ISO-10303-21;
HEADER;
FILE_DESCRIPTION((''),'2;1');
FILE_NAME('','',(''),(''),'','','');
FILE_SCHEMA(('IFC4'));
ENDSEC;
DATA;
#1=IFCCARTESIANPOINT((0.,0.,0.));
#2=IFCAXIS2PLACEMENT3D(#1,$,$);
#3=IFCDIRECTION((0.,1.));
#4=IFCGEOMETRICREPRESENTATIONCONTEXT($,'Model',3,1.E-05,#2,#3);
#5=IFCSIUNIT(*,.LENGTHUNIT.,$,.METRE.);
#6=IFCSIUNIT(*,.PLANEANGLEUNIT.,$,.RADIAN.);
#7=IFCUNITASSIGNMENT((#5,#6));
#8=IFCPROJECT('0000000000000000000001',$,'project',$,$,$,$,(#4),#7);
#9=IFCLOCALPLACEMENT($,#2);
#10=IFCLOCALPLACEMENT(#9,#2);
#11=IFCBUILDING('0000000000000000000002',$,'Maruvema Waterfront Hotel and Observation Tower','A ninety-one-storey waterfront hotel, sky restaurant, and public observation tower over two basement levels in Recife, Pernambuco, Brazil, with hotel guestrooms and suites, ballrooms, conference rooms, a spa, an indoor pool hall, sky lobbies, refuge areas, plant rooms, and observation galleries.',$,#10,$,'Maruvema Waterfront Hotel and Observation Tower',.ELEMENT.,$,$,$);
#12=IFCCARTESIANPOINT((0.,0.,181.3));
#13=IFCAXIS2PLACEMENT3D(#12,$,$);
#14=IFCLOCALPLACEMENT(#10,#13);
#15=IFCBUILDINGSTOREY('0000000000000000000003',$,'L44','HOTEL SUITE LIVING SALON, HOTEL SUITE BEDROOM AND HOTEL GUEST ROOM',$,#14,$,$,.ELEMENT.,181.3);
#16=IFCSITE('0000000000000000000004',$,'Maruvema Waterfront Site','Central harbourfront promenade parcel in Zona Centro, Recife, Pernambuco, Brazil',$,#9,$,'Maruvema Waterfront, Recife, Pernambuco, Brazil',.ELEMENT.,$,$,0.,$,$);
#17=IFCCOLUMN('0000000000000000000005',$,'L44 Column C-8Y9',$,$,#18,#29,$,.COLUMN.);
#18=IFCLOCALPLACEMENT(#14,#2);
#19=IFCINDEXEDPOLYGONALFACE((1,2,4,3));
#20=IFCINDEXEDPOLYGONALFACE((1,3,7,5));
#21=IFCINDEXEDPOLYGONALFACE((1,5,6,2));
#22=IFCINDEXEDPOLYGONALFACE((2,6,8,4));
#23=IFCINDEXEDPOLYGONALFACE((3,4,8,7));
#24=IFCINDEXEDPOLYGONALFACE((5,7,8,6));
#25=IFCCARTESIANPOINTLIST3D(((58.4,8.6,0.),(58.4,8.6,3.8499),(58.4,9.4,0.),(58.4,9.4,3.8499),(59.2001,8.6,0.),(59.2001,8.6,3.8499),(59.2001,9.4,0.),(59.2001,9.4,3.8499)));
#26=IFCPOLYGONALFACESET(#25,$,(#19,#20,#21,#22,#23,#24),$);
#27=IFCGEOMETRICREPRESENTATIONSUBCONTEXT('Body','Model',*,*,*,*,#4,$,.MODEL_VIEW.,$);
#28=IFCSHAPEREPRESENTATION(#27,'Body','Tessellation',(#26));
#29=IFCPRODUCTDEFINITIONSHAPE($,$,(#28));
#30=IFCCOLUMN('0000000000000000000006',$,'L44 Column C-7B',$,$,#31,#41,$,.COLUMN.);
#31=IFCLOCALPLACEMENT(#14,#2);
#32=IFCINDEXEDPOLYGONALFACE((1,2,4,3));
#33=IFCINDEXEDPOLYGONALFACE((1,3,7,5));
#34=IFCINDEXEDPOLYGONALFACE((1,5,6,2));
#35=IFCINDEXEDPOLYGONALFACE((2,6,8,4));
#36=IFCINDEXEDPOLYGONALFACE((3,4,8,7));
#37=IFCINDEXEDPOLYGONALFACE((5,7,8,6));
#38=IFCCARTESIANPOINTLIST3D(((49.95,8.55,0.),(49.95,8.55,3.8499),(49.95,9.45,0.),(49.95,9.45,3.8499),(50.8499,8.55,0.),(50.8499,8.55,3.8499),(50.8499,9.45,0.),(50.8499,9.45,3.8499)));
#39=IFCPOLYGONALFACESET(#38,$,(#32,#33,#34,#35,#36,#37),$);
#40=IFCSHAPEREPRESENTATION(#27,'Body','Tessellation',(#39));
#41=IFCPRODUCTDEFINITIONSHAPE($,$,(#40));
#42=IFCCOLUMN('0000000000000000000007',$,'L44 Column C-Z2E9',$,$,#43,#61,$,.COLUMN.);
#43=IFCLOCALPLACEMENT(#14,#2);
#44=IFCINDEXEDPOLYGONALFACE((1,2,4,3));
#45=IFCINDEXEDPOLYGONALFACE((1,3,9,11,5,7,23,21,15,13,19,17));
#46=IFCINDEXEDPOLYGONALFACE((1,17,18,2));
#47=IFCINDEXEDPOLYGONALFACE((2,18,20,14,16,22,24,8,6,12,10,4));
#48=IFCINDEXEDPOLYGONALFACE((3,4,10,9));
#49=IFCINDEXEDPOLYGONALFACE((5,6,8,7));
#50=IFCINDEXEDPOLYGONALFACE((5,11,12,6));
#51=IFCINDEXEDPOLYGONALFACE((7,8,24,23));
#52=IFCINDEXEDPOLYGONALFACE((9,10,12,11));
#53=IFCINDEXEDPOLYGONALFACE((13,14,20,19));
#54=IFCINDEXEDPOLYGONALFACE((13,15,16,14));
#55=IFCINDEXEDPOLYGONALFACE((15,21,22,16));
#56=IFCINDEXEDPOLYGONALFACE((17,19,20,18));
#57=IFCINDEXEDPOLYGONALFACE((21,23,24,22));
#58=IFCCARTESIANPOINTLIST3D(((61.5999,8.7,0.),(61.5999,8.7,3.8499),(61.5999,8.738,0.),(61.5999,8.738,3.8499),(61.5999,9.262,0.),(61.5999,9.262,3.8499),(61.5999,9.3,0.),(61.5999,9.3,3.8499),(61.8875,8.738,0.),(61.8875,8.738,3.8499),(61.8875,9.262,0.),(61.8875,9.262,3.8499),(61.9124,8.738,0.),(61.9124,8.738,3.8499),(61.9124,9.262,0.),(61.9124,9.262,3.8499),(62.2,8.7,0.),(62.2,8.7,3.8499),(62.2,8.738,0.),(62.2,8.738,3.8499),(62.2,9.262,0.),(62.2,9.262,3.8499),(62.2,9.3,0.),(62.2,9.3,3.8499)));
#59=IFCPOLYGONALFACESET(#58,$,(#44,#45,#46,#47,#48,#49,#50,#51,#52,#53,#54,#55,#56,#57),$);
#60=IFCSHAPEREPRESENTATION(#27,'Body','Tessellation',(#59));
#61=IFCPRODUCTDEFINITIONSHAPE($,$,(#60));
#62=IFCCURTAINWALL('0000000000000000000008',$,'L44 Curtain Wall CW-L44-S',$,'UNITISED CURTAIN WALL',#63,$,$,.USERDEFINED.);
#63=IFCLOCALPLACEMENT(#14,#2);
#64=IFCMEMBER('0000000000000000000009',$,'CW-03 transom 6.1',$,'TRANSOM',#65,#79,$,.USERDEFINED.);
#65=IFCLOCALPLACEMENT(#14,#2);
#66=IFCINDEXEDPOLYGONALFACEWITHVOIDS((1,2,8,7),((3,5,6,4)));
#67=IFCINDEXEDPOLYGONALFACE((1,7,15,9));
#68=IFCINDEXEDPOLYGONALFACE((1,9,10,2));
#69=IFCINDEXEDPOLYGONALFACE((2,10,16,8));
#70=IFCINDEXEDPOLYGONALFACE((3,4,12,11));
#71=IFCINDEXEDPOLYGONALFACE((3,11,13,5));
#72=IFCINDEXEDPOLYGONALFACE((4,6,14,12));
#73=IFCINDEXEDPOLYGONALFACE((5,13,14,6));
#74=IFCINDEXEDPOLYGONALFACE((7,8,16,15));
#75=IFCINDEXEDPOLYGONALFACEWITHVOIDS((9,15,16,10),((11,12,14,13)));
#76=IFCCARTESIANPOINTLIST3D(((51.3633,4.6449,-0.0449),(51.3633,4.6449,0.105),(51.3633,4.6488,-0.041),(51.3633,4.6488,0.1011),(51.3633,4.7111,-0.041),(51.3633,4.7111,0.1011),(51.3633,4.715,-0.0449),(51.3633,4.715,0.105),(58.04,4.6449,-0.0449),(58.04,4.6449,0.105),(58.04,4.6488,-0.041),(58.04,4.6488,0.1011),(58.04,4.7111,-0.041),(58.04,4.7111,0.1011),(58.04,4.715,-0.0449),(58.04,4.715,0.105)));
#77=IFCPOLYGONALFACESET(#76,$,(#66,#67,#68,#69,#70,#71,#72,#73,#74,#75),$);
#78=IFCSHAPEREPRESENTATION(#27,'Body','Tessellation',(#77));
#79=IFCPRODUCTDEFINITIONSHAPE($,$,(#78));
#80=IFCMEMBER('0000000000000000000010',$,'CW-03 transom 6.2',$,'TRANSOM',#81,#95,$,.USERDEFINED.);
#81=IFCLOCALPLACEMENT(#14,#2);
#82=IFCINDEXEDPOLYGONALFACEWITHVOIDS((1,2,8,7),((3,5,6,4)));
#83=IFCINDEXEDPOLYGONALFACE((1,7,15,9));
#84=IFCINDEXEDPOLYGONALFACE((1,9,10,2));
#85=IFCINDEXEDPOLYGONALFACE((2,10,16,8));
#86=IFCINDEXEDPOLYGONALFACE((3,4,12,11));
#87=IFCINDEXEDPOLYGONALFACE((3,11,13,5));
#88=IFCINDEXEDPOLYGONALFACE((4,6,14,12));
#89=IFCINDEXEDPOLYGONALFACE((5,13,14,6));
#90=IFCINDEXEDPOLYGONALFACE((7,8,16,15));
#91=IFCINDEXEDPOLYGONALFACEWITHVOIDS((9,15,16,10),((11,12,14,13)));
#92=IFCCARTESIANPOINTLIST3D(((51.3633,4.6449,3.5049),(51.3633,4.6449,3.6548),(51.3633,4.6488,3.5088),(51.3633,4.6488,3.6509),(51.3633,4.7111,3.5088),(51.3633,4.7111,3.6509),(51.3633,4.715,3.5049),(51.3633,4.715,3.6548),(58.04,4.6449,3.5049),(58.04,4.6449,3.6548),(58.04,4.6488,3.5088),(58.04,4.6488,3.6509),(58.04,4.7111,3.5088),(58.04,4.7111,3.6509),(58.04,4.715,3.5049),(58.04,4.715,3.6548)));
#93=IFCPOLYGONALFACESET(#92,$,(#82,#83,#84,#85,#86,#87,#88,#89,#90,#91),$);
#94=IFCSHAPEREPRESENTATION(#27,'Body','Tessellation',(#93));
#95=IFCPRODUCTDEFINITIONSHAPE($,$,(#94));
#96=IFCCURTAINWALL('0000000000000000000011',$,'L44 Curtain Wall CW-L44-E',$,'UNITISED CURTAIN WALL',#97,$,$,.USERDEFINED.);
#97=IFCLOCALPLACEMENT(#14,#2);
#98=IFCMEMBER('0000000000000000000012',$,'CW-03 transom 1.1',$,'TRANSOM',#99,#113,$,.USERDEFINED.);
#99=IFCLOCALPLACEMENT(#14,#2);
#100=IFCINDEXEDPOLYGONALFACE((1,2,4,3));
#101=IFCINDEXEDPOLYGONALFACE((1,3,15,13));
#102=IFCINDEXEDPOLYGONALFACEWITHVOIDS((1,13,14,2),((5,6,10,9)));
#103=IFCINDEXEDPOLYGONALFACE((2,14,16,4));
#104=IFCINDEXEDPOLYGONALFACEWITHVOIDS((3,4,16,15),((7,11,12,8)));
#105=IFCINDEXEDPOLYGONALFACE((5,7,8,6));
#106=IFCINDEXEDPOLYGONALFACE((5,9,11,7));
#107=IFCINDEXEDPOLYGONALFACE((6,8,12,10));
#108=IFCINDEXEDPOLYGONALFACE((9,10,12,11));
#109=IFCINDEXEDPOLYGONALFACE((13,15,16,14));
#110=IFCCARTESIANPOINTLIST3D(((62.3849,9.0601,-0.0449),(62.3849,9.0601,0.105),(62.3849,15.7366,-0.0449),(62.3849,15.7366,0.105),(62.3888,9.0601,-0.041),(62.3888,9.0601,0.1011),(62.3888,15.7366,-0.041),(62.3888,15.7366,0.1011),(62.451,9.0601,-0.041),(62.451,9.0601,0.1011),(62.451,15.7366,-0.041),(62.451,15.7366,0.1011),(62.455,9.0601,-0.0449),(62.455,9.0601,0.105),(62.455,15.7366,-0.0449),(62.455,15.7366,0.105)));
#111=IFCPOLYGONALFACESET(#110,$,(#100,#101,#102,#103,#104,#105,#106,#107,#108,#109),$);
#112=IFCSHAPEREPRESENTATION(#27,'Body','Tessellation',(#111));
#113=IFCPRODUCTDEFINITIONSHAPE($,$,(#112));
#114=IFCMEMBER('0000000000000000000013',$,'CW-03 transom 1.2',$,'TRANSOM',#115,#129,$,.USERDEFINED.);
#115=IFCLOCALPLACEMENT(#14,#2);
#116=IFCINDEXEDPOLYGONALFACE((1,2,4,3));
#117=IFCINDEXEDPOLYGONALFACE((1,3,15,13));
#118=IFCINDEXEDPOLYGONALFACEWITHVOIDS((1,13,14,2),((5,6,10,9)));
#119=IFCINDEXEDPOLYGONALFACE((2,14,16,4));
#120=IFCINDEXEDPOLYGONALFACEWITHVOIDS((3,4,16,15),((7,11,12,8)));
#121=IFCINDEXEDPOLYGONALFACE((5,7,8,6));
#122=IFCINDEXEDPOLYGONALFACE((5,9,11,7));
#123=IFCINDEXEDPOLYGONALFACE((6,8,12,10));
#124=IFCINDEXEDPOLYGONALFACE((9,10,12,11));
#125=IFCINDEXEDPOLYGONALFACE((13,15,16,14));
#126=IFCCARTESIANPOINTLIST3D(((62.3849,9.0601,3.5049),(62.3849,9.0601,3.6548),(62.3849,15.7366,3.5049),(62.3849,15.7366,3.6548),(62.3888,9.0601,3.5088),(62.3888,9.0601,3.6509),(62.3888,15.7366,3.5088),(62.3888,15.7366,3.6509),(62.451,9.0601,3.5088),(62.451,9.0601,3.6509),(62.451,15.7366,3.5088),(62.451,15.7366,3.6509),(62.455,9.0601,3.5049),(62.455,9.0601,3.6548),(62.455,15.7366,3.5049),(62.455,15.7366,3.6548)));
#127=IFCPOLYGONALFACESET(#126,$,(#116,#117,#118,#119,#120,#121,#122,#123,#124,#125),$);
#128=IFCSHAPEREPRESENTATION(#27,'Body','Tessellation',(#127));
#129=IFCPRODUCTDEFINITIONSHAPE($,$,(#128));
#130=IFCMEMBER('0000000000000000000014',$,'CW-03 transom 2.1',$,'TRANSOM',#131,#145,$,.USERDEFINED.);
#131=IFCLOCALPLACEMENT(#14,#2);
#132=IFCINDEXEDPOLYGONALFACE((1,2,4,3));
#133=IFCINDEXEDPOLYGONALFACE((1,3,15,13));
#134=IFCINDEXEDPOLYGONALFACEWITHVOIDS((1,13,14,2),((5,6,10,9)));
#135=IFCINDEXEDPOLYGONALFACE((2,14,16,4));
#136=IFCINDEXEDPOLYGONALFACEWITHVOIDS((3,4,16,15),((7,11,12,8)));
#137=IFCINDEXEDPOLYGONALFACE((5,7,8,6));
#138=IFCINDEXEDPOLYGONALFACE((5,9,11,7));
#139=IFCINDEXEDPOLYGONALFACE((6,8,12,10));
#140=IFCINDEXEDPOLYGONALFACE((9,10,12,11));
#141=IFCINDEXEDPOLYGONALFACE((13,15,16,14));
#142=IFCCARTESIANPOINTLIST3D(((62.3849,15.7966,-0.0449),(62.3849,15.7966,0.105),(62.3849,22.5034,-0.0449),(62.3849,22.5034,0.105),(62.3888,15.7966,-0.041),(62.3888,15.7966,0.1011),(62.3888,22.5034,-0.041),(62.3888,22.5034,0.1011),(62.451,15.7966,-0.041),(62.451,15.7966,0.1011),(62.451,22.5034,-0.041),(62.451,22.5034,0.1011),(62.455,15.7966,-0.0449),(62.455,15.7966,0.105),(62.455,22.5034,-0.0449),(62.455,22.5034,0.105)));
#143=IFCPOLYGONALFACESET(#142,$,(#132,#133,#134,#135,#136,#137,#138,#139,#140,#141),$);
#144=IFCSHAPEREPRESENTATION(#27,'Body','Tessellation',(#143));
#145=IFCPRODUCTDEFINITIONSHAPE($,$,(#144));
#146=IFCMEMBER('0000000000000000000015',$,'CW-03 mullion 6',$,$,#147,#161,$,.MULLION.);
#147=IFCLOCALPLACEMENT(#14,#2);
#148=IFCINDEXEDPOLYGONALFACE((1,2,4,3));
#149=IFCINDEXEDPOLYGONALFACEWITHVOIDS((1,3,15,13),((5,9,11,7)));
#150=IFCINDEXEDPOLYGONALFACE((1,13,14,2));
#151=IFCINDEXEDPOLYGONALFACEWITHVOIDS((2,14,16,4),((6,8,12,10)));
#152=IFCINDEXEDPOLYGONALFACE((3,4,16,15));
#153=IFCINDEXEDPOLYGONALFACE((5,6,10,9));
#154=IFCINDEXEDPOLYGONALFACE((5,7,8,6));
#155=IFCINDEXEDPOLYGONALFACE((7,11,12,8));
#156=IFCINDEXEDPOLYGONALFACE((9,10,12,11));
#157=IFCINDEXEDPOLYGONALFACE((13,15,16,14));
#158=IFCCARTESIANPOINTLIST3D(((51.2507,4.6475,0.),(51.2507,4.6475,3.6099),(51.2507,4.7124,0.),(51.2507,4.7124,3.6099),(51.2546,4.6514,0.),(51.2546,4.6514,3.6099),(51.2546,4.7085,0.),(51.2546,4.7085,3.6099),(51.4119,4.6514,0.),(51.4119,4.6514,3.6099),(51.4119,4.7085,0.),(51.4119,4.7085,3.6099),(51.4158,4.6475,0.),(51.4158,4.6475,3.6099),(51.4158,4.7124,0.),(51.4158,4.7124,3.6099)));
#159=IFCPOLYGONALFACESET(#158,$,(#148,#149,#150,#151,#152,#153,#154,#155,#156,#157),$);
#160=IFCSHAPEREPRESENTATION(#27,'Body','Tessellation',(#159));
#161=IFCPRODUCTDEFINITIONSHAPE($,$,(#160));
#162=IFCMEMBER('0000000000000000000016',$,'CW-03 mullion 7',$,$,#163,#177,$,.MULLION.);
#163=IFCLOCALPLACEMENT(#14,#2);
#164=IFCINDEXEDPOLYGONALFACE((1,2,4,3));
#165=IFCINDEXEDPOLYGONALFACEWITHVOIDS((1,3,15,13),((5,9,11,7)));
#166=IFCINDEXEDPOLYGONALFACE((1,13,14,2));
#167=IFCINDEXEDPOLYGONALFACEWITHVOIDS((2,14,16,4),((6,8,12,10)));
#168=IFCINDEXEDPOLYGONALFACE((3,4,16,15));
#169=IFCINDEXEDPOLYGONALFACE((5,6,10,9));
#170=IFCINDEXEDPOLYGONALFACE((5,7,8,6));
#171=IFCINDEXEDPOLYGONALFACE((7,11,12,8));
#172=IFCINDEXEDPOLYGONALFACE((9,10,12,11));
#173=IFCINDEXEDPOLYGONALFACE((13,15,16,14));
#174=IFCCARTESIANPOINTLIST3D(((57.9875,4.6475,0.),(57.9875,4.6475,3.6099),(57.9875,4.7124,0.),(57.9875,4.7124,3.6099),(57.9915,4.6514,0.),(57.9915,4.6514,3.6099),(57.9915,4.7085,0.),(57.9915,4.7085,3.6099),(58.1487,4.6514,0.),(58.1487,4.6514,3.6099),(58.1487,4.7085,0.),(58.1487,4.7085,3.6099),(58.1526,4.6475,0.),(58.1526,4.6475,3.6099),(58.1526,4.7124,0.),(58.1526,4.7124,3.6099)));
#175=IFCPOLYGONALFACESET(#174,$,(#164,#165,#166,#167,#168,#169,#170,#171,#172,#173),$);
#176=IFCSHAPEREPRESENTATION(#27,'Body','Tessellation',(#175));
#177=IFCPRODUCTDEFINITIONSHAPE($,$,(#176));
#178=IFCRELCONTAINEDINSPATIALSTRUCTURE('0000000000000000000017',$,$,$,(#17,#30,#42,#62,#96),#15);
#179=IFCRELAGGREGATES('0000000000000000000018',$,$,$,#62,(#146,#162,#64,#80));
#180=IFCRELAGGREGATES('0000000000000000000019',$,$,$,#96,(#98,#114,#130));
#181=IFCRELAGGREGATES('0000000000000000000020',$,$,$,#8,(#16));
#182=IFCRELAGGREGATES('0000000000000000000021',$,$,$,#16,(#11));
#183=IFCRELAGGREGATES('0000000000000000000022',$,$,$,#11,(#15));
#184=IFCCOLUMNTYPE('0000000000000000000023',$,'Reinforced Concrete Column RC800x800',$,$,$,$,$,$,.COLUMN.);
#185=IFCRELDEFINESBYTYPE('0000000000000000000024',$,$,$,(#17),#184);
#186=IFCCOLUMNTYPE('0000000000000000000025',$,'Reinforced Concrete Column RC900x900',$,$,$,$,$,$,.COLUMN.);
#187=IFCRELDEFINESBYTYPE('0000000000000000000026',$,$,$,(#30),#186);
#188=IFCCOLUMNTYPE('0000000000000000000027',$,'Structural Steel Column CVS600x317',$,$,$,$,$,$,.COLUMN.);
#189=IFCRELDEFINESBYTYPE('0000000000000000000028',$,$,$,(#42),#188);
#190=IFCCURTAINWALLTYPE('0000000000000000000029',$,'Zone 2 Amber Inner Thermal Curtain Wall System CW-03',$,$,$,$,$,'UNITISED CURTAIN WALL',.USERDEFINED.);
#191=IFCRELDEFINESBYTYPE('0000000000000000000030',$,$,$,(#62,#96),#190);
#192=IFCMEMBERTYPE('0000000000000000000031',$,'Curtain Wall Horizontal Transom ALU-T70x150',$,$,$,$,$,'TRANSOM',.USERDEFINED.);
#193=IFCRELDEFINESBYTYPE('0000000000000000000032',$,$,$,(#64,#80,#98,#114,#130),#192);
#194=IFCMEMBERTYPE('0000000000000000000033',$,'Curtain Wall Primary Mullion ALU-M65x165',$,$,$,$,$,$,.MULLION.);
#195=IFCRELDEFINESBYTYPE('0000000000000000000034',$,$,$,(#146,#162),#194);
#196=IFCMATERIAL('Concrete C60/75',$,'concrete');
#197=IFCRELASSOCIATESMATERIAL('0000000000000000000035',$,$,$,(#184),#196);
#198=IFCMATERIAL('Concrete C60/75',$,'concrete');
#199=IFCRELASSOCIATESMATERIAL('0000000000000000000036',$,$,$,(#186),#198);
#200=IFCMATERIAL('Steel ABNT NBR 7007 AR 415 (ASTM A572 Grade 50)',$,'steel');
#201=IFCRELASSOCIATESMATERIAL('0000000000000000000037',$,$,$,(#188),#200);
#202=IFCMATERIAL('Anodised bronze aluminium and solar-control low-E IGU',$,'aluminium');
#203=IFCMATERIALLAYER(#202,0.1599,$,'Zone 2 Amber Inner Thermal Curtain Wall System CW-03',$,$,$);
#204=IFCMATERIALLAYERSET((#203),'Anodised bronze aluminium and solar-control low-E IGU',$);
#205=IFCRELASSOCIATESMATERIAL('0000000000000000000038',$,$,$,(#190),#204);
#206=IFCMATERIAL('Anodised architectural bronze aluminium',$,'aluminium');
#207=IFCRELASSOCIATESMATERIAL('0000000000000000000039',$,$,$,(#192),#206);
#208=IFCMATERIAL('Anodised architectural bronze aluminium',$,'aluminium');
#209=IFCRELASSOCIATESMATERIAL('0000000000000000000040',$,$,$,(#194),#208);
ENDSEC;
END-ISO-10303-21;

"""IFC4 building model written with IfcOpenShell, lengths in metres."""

from ifc_helpers import new_model, si_unit, direction, frame, origin, origin_2d, place, context, subcontext, project, spatial, rectangle, hollow_rectangle, i_section, extrude, material, layer, layer_set, material_profile, profile_set, type_object, element, aggregate, save


model = new_model("IFC4")

# Units and contexts
model_context = context("Model", 3, precision=1e-05, world=origin(), true_north=direction((0.0, 1.0)))
body_context = subcontext(model_context, "Body", "Model", "MODEL_VIEW")
ifc_project = project(units=[si_unit("LENGTHUNIT", "METRE"), si_unit("PLANEANGLEUNIT", "RADIAN")], contexts=[model_context])

# Site, building, storey
site_placement = place(None, origin())
site = spatial("IfcSite", under=ifc_project, at=site_placement, Name="Maruvema Waterfront Site", Description="Central harbourfront promenade parcel in Zona Centro, Recife, Pernambuco, Brazil", LongName="Maruvema Waterfront, Recife, Pernambuco, Brazil", CompositionType="ELEMENT", RefElevation=0.0)
building_placement = place(site_placement, origin())
building = spatial("IfcBuilding", under=site, at=building_placement, Name="Maruvema Waterfront Hotel and Observation Tower", Description="A ninety-one-storey waterfront hotel, sky restaurant, and public observation tower over two basement levels in Recife, Pernambuco, Brazil, with hotel guestrooms and suites, ballrooms, conference rooms, a spa, an indoor pool hall, sky lobbies, refuge areas, plant rooms, and observation galleries.", LongName="Maruvema Waterfront Hotel and Observation Tower", CompositionType="ELEMENT")
storey_placement = place(building_placement, frame((0.0, 0.0, 181.3)))
storey = spatial("IfcBuildingStorey", under=building, at=storey_placement, Name="L44", Description="HOTEL SUITE LIVING SALON, HOTEL SUITE BEDROOM AND HOTEL GUEST ROOM", CompositionType="ELEMENT", Elevation=181.3)

# Columns
ifc_material_1 = material(Name="Concrete C60/75", Category="concrete")
ifc_material_profile_1 = material_profile(ifc_material_1, rectangle(XDim=0.8, YDim=0.8, at=origin_2d()), Name="RC800x800")
ifc_profile_set_1 = profile_set([ifc_material_profile_1], Name="Concrete C60/75")
column_type_1 = type_object("IfcColumnType", Name="Reinforced Concrete Column RC800x800", PredefinedType="COLUMN", material=ifc_profile_set_1)
column_1_placement = place(storey_placement, frame((58.8, 9.0, 0.0), z_axis=(0.0, 0.0, 1.0), x_axis=(1.0, 0.0, 0.0)))
element("IfcColumn", 1, at=column_1_placement, inside=storey, type_object=column_type_1, Name="L44 Column C-8Y9", PredefinedType="COLUMN", context=body_context, shape_type="SweptSolid", body=[
    extrude(rectangle(XDim=0.8, YDim=0.8, at=origin_2d()), origin(), (0.0, 0.0, 1.0), 3.8499),
])
ifc_material_2 = material(Name="Concrete C60/75", Category="concrete")
ifc_material_profile_2 = material_profile(ifc_material_2, rectangle(XDim=0.8999, YDim=0.8999, at=origin_2d()), Name="RC900x900")
ifc_profile_set_2 = profile_set([ifc_material_profile_2], Name="Concrete C60/75")
column_type_2 = type_object("IfcColumnType", Name="Reinforced Concrete Column RC900x900", PredefinedType="COLUMN", material=ifc_profile_set_2)
column_2_placement = place(storey_placement, frame((50.3999, 9.0, 0.0), z_axis=(0.0, 0.0, 1.0), x_axis=(1.0, 0.0, 0.0)))
element("IfcColumn", 2, at=column_2_placement, inside=storey, type_object=column_type_2, Name="L44 Column C-7B", PredefinedType="COLUMN", context=body_context, shape_type="SweptSolid", body=[
    extrude(rectangle(XDim=0.8999, YDim=0.8999, at=origin_2d()), origin(), (0.0, 0.0, 1.0), 3.8499),
])
ifc_material_3 = material(Name="Steel ABNT NBR 7007 AR 415 (ASTM A572 Grade 50)", Category="steel")
ifc_material_profile_3 = material_profile(ifc_material_3, i_section(OverallWidth=0.6001, OverallDepth=0.6001, WebThickness=0.0249, FlangeThickness=0.0381, at=origin_2d()), Name="CVS600x317")
ifc_profile_set_3 = profile_set([ifc_material_profile_3], Name="Steel ABNT NBR 7007 AR 415 (ASTM A572 Grade 50)")
column_type_3 = type_object("IfcColumnType", Name="Structural Steel Column CVS600x317", PredefinedType="COLUMN", material=ifc_profile_set_3)
column_3_placement = place(storey_placement, frame((61.8999, 9.0, 0.0), z_axis=(0.0, 0.0, 1.0), x_axis=(1.0, 0.0, 0.0)))
element("IfcColumn", 3, at=column_3_placement, inside=storey, type_object=column_type_3, Name="L44 Column C-Z2E9", PredefinedType="COLUMN", context=body_context, shape_type="SweptSolid", body=[
    extrude(i_section(OverallWidth=0.6001, OverallDepth=0.6001, WebThickness=0.0249, FlangeThickness=0.0381, at=origin_2d()), origin(), (0.0, 0.0, 1.0), 3.8499),
])

# Curtain walls, members
ifc_material_4 = material(Name="Anodised bronze aluminium and solar-control low-E IGU", Category="aluminium")
ifc_layer_1 = layer(ifc_material_4, 0.1599, Name="Zone 2 Amber Inner Thermal Curtain Wall System CW-03")
ifc_layer_set_1 = layer_set([ifc_layer_1], Name="Anodised bronze aluminium and solar-control low-E IGU")
curtain_wall_type = type_object("IfcCurtainWallType", Name="Zone 2 Amber Inner Thermal Curtain Wall System CW-03", ElementType="UNITISED CURTAIN WALL", PredefinedType="USERDEFINED", material=ifc_layer_set_1)
curtain_wall_1_placement = place(storey_placement, origin())
curtain_wall_1 = element("IfcCurtainWall", 4, at=curtain_wall_1_placement, inside=storey, type_object=curtain_wall_type, Name="L44 Curtain Wall CW-L44-S", ObjectType="UNITISED CURTAIN WALL", PredefinedType="USERDEFINED")
ifc_material_5 = material(Name="Anodised architectural bronze aluminium", Category="aluminium")
ifc_material_profile_4 = material_profile(ifc_material_5, hollow_rectangle(XDim=0.0701, YDim=0.1499, WallThickness=0.0039, at=origin_2d()), Name="ALU-T70x150")
ifc_profile_set_4 = profile_set([ifc_material_profile_4], Name="Anodised architectural bronze aluminium")
member_type_1 = type_object("IfcMemberType", Name="Curtain Wall Horizontal Transom ALU-T70x150", ElementType="TRANSOM", PredefinedType="USERDEFINED", material=ifc_profile_set_4)
member_1_placement = place(storey_placement, frame((51.3633, 4.6799, 0.03), z_axis=(1.0, 0.0, 0.0), x_axis=(0.0, 1.0, 0.0)))
member_1 = element("IfcMember", 5, at=member_1_placement, type_object=member_type_1, Name="CW-03 transom 6.1", ObjectType="TRANSOM", PredefinedType="USERDEFINED", context=body_context, shape_type="SweptSolid", body=[
    extrude(hollow_rectangle(XDim=0.0701, YDim=0.1499, WallThickness=0.0039, at=origin_2d()), origin(), (0.0, 0.0, 1.0), 6.6768),
])
member_2_placement = place(storey_placement, frame((51.3633, 4.6799, 3.5798), z_axis=(1.0, 0.0, 0.0), x_axis=(0.0, 1.0, 0.0)))
member_2 = element("IfcMember", 6, at=member_2_placement, type_object=member_type_1, Name="CW-03 transom 6.2", ObjectType="TRANSOM", PredefinedType="USERDEFINED", context=body_context, shape_type="SweptSolid", body=[
    extrude(hollow_rectangle(XDim=0.0701, YDim=0.1499, WallThickness=0.0039, at=origin_2d()), origin(), (0.0, 0.0, 1.0), 6.6768),
])
curtain_wall_2_placement = place(storey_placement, origin())
curtain_wall_2 = element("IfcCurtainWall", 7, at=curtain_wall_2_placement, inside=storey, type_object=curtain_wall_type, Name="L44 Curtain Wall CW-L44-E", ObjectType="UNITISED CURTAIN WALL", PredefinedType="USERDEFINED")
member_3_placement = place(storey_placement, frame((62.4199, 9.0601, 0.03), z_axis=(0.0, 1.0, 0.0), x_axis=(-1.0, 0.0, 0.0)))
member_3 = element("IfcMember", 8, at=member_3_placement, type_object=member_type_1, Name="CW-03 transom 1.1", ObjectType="TRANSOM", PredefinedType="USERDEFINED", context=body_context, shape_type="SweptSolid", body=[
    extrude(hollow_rectangle(XDim=0.0701, YDim=0.1499, WallThickness=0.0039, at=origin_2d()), origin(), (0.0, 0.0, 1.0), 6.6765),
])
member_4_placement = place(storey_placement, frame((62.4199, 9.0601, 3.5798), z_axis=(0.0, 1.0, 0.0), x_axis=(-1.0, 0.0, 0.0)))
member_4 = element("IfcMember", 9, at=member_4_placement, type_object=member_type_1, Name="CW-03 transom 1.2", ObjectType="TRANSOM", PredefinedType="USERDEFINED", context=body_context, shape_type="SweptSolid", body=[
    extrude(hollow_rectangle(XDim=0.0701, YDim=0.1499, WallThickness=0.0039, at=origin_2d()), origin(), (0.0, 0.0, 1.0), 6.6765),
])
member_5_placement = place(storey_placement, frame((62.4199, 15.7966, 0.03), z_axis=(0.0, 1.0, 0.0), x_axis=(-1.0, 0.0, 0.0)))
member_5 = element("IfcMember", 10, at=member_5_placement, type_object=member_type_1, Name="CW-03 transom 2.1", ObjectType="TRANSOM", PredefinedType="USERDEFINED", context=body_context, shape_type="SweptSolid", body=[
    extrude(hollow_rectangle(XDim=0.0701, YDim=0.1499, WallThickness=0.0039, at=origin_2d()), origin(), (0.0, 0.0, 1.0), 6.7068),
])

# Members
ifc_material_6 = material(Name="Anodised architectural bronze aluminium", Category="aluminium")
ifc_material_profile_5 = material_profile(ifc_material_6, hollow_rectangle(XDim=0.0649, YDim=0.165, WallThickness=0.0039, at=origin_2d()), Name="ALU-M65x165")
ifc_profile_set_5 = profile_set([ifc_material_profile_5], Name="Anodised architectural bronze aluminium")
member_type_2 = type_object("IfcMemberType", Name="Curtain Wall Primary Mullion ALU-M65x165", PredefinedType="MULLION", material=ifc_profile_set_5)
member_6_placement = place(storey_placement, frame((51.3333, 4.6799, 0.0), z_axis=(0.0, 0.0, 1.0), x_axis=(0.0, 1.0, 0.0)))
member_6 = element("IfcMember", 11, at=member_6_placement, type_object=member_type_2, Name="CW-03 mullion 6", PredefinedType="MULLION", context=body_context, shape_type="SweptSolid", body=[
    extrude(hollow_rectangle(XDim=0.0649, YDim=0.165, WallThickness=0.0039, at=origin_2d()), origin(), (0.0, 0.0, 1.0), 3.6099),
])
member_7_placement = place(storey_placement, frame((58.0701, 4.6799, 0.0), z_axis=(0.0, 0.0, 1.0), x_axis=(0.0, 1.0, 0.0)))
member_7 = element("IfcMember", 12, at=member_7_placement, type_object=member_type_2, Name="CW-03 mullion 7", PredefinedType="MULLION", context=body_context, shape_type="SweptSolid", body=[
    extrude(hollow_rectangle(XDim=0.0649, YDim=0.165, WallThickness=0.0039, at=origin_2d()), origin(), (0.0, 0.0, 1.0), 3.6099),
])

aggregate(curtain_wall_1, [member_6, member_7, member_1, member_2])
aggregate(curtain_wall_2, [member_3, member_4, member_5])

save(model, "model.ifc")
